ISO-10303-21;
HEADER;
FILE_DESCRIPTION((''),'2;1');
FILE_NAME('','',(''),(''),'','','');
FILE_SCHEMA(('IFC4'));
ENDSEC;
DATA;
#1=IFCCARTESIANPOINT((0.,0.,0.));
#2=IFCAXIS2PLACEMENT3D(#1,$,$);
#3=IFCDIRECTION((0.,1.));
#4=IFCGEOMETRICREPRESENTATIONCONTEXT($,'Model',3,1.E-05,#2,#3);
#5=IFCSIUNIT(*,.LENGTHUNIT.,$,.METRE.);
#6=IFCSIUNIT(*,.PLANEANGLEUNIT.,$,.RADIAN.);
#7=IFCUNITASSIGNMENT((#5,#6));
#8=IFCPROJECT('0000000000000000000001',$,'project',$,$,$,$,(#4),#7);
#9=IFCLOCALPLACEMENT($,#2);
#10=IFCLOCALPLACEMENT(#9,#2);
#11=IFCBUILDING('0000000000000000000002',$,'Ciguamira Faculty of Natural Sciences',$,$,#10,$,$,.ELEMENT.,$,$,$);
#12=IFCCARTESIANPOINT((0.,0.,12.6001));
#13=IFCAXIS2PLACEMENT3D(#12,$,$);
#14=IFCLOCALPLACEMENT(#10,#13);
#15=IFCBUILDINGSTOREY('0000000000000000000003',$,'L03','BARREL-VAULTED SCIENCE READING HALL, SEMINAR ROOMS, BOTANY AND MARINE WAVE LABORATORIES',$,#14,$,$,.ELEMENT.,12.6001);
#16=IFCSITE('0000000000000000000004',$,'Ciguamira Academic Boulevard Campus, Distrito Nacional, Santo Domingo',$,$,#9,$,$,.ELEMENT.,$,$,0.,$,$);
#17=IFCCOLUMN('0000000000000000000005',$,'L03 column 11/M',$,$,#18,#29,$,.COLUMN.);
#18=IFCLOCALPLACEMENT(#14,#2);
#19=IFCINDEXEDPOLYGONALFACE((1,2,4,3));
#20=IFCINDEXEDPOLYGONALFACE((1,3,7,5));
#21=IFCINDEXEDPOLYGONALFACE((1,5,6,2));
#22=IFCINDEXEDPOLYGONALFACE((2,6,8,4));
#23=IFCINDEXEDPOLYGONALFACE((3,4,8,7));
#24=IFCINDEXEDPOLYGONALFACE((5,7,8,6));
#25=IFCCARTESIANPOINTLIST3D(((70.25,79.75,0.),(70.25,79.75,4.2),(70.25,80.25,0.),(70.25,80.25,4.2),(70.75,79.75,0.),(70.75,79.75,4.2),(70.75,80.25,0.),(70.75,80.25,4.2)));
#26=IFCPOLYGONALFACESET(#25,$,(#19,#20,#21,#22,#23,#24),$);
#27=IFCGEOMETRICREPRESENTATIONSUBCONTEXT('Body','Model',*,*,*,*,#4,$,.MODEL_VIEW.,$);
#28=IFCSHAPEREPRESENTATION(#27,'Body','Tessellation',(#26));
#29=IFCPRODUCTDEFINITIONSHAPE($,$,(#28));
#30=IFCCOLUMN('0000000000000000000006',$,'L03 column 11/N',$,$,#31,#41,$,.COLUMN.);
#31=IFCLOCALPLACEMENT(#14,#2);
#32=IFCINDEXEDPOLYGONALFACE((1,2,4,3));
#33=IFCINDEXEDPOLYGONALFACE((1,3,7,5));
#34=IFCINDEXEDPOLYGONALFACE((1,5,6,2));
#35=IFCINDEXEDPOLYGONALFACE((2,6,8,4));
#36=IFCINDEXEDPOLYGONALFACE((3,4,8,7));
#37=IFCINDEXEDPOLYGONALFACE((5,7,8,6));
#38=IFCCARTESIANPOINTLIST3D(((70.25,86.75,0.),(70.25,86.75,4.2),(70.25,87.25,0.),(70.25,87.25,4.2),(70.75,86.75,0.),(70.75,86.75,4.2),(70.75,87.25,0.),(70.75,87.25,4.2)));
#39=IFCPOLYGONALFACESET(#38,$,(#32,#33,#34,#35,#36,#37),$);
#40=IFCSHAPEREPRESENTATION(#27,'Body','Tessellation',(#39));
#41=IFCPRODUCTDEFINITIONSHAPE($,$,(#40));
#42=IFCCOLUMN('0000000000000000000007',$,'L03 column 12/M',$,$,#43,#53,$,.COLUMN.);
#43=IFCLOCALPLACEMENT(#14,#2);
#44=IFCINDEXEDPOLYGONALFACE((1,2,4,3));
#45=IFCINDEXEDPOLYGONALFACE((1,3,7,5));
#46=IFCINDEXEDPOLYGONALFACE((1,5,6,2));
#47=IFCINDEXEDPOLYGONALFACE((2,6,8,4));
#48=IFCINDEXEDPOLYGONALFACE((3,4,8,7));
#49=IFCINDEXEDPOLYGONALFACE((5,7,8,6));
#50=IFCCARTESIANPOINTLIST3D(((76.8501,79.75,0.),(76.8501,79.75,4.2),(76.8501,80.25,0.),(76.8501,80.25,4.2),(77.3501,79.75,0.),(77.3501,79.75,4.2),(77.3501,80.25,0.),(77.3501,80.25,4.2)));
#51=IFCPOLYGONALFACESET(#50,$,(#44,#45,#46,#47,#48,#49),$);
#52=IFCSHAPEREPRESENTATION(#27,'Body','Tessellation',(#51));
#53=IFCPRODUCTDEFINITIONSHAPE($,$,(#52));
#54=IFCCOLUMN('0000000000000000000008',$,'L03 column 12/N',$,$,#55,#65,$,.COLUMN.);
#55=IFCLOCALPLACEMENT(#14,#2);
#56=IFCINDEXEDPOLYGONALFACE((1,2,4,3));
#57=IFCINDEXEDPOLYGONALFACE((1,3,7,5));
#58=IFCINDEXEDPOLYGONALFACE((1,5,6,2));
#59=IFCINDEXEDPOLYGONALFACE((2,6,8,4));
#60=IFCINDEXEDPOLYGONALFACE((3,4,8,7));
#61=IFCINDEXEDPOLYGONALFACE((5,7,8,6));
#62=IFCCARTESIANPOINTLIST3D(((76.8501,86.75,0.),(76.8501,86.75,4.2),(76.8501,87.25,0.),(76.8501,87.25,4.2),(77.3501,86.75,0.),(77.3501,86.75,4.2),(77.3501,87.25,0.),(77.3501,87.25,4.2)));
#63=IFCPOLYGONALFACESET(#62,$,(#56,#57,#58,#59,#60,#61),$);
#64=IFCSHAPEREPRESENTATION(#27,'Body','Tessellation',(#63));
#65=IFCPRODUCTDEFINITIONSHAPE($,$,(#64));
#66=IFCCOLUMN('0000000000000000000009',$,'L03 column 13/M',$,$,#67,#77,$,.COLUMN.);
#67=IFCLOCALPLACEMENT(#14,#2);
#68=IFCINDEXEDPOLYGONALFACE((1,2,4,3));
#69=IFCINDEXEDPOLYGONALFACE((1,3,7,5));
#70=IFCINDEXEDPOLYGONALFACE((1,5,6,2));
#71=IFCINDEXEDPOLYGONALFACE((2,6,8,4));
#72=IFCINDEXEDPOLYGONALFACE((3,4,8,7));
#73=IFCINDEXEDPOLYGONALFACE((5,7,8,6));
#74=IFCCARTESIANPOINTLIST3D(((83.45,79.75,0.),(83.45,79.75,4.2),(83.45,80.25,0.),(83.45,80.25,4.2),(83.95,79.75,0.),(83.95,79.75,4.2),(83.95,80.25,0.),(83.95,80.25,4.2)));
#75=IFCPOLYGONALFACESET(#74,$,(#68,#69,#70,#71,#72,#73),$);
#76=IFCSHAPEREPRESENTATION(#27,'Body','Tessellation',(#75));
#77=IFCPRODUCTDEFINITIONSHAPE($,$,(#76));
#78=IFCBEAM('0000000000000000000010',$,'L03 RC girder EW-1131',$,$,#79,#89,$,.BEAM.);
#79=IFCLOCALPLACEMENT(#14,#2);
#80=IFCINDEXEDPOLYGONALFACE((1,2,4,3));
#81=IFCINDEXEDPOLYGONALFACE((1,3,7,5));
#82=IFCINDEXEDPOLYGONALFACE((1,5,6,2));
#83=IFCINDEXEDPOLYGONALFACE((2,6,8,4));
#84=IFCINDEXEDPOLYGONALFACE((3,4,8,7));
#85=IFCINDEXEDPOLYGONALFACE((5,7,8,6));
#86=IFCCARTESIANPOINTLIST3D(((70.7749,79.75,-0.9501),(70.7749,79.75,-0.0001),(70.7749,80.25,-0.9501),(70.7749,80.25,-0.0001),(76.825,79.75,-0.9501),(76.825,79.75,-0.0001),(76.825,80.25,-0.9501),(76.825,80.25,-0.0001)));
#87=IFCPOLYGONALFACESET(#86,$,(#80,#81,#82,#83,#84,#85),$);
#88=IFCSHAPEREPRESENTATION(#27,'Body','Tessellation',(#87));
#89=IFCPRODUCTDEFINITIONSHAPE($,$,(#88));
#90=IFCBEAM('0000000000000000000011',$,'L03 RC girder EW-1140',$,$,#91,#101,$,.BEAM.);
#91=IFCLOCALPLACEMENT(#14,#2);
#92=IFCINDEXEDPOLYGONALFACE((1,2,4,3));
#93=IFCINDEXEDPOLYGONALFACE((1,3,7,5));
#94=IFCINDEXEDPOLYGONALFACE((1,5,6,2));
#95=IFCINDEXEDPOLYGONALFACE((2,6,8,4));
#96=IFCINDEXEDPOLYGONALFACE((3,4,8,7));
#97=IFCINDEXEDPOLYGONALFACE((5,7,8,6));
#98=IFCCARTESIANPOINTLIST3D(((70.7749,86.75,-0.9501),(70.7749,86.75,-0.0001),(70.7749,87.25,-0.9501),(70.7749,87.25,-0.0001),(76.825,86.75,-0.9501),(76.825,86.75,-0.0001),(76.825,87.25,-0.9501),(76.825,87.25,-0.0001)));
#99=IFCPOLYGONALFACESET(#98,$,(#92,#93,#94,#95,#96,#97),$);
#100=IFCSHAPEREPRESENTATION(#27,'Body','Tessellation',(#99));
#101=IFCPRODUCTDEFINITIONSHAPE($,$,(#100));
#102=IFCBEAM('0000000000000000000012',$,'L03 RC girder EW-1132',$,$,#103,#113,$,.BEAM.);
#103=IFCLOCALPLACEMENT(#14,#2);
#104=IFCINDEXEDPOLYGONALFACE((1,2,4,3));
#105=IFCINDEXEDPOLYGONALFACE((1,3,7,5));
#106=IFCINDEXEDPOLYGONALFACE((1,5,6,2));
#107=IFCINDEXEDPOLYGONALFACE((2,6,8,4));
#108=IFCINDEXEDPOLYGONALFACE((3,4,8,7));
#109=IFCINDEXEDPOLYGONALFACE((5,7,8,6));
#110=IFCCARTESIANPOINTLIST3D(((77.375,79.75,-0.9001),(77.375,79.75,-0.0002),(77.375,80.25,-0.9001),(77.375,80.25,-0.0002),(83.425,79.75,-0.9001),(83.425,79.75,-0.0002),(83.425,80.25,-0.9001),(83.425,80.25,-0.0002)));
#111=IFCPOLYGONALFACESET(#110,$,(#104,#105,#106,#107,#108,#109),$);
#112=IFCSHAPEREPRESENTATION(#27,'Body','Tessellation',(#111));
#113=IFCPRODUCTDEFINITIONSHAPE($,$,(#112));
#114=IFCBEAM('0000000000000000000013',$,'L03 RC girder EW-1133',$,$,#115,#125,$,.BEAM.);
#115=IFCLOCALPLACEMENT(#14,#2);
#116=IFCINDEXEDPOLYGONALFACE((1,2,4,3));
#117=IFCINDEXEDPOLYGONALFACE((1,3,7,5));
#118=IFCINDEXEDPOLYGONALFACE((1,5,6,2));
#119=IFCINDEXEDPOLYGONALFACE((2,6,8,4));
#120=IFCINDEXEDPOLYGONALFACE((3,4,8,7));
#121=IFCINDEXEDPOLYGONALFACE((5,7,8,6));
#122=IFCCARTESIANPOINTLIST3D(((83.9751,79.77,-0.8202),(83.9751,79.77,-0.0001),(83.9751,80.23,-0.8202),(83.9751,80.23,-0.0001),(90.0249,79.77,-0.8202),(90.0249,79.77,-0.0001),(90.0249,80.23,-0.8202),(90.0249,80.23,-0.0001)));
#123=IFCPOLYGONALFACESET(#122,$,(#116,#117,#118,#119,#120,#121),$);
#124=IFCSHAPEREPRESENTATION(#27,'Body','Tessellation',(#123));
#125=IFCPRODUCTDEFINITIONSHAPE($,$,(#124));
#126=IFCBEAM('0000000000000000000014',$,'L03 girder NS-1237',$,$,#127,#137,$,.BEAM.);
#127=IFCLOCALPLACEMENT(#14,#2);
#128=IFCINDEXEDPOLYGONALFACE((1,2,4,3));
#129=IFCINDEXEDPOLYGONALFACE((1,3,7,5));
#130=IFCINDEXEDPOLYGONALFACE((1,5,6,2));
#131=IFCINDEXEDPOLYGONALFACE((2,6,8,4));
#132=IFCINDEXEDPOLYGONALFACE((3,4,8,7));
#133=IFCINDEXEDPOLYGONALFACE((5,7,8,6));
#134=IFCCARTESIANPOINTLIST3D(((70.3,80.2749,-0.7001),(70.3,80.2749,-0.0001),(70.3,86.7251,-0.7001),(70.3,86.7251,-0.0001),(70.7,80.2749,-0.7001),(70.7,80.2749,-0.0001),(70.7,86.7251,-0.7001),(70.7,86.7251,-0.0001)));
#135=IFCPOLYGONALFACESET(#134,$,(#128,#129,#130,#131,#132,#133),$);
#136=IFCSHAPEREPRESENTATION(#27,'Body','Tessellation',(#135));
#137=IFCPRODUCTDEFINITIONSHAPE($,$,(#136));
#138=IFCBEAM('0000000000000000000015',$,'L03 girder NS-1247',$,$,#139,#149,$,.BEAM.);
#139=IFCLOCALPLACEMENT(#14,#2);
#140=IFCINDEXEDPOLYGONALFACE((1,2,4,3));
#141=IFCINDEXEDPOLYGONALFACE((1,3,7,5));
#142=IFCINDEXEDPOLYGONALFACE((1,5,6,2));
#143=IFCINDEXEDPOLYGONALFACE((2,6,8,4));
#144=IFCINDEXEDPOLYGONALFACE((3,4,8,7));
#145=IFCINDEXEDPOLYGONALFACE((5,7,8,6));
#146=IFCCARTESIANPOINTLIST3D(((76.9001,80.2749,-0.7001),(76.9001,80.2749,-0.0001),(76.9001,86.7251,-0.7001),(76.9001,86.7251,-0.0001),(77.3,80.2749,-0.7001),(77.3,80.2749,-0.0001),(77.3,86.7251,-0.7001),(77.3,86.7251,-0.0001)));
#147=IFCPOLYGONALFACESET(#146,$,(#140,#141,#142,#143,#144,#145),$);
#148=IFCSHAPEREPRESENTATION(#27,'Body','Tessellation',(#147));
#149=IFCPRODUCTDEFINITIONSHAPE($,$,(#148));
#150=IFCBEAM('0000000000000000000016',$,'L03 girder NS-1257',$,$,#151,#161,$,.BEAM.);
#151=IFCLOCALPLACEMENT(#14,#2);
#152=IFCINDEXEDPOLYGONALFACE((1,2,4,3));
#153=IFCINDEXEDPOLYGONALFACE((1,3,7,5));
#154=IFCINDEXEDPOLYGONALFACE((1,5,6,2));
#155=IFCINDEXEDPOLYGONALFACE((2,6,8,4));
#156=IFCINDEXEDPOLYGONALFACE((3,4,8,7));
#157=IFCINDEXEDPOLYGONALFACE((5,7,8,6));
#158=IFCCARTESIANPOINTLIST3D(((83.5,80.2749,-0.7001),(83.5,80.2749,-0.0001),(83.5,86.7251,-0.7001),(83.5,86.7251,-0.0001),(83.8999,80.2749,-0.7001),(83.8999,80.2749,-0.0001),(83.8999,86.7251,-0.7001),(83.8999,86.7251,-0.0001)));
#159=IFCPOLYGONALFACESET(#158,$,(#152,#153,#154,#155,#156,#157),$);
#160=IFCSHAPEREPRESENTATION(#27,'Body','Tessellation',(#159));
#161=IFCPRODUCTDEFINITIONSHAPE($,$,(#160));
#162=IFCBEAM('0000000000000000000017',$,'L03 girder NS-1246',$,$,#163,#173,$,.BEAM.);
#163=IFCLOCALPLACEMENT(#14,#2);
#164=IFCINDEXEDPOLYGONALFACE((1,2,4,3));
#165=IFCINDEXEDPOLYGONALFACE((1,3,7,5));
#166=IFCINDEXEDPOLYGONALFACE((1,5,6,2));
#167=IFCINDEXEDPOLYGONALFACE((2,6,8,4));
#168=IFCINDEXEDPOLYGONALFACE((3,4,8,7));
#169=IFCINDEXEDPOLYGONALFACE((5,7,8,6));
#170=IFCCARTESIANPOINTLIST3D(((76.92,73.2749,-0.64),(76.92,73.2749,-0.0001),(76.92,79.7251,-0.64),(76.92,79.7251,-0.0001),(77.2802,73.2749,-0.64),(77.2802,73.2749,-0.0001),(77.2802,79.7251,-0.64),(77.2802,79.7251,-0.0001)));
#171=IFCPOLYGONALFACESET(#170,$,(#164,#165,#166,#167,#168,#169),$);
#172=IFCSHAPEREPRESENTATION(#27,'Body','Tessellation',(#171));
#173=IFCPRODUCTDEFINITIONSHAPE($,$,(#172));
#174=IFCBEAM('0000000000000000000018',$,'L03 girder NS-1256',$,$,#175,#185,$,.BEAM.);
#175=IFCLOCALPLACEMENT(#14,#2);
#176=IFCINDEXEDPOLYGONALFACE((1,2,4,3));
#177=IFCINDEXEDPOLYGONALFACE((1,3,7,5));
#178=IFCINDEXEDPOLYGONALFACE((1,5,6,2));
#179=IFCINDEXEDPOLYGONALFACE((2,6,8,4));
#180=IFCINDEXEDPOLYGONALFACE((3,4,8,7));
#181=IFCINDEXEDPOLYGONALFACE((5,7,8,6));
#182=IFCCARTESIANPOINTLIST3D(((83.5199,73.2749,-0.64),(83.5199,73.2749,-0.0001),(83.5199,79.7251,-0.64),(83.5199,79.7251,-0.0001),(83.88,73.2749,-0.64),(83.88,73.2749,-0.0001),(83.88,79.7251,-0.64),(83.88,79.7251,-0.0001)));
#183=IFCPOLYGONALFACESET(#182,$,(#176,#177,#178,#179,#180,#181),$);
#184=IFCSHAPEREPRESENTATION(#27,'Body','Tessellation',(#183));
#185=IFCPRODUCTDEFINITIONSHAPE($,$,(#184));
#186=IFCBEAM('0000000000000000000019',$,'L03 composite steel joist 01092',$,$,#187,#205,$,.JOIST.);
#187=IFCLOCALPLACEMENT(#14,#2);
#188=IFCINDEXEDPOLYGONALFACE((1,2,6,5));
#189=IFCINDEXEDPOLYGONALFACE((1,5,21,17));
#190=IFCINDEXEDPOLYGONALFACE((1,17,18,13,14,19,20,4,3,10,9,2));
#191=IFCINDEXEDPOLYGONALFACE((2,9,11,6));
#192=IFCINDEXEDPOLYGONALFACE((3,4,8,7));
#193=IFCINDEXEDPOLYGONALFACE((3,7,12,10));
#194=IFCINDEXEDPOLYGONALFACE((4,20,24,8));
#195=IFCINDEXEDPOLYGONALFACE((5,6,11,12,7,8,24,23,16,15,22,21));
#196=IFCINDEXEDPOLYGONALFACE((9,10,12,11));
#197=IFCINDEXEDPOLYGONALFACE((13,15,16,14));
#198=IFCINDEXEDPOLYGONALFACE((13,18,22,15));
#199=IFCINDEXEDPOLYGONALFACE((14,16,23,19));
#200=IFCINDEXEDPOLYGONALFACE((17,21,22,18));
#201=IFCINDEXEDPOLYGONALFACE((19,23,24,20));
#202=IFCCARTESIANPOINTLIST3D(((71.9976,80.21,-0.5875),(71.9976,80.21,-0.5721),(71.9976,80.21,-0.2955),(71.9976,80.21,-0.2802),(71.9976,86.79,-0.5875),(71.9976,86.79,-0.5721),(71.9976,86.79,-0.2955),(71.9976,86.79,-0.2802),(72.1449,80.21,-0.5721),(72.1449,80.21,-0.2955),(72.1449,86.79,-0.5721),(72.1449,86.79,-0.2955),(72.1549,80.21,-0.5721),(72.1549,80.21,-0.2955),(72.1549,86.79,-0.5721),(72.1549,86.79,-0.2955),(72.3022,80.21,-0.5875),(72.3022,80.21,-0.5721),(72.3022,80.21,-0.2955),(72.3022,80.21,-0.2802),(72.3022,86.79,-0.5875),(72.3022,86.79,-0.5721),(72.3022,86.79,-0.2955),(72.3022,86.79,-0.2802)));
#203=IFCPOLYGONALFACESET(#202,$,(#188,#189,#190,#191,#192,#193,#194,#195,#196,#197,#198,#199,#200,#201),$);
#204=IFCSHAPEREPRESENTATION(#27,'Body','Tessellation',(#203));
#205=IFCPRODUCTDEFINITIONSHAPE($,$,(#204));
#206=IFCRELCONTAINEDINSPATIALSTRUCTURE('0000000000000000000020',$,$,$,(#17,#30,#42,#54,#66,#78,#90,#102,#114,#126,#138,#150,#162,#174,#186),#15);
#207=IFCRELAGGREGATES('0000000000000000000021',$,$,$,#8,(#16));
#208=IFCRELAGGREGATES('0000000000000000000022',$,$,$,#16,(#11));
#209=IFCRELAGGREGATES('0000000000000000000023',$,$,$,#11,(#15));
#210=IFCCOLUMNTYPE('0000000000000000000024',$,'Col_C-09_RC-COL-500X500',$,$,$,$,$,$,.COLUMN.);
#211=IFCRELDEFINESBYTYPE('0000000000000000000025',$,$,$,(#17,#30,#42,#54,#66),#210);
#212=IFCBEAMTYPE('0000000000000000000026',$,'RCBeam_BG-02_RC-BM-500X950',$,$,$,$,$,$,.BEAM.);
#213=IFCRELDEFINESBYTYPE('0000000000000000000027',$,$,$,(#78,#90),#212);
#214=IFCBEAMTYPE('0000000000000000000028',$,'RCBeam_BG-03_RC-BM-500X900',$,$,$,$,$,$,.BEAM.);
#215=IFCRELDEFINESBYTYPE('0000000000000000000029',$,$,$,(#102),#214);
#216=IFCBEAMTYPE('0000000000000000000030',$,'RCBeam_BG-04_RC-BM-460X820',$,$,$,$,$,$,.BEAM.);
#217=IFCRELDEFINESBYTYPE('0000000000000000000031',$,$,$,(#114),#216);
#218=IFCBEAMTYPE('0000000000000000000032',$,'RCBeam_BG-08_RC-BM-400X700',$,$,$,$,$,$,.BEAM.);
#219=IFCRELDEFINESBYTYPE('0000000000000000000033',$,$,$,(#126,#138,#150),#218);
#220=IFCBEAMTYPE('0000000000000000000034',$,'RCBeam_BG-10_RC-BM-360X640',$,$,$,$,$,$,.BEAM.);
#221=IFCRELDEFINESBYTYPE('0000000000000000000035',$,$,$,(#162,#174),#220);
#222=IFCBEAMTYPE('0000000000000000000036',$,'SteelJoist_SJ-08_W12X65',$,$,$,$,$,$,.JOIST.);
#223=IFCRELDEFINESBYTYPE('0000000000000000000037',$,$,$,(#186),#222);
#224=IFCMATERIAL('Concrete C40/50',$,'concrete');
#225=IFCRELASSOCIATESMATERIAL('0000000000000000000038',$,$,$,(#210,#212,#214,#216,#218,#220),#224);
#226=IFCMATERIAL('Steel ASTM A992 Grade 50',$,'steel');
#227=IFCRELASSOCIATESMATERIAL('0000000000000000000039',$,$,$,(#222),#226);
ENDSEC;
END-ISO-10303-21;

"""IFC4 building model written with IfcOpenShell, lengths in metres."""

from ifc_helpers import new_model, si_unit, direction, frame, origin, origin_2d, place, context, subcontext, project, spatial, rectangle, i_section, extrude, material, material_profile, profile_set, type_object, element, save


model = new_model("IFC4")

# Units and contexts
model_context = context("Model", 3, precision=1e-05, world=origin(), true_north=direction((0.0, 1.0)))
body_context = subcontext(model_context, "Body", "Model", "MODEL_VIEW")
ifc_project = project(units=[si_unit("LENGTHUNIT", "METRE"), si_unit("PLANEANGLEUNIT", "RADIAN")], contexts=[model_context])

# Site, building, storey
site_placement = place(None, origin())
site = spatial("IfcSite", under=ifc_project, at=site_placement, Name="Ciguamira Academic Boulevard Campus, Distrito Nacional, Santo Domingo", CompositionType="ELEMENT", RefElevation=0.0)
building_placement = place(site_placement, origin())
building = spatial("IfcBuilding", under=site, at=building_placement, Name="Ciguamira Faculty of Natural Sciences", CompositionType="ELEMENT")
storey_placement = place(building_placement, frame((0.0, 0.0, 12.6001)))
storey = spatial("IfcBuildingStorey", under=building, at=storey_placement, Name="L03", Description="BARREL-VAULTED SCIENCE READING HALL, SEMINAR ROOMS, BOTANY AND MARINE WAVE LABORATORIES", CompositionType="ELEMENT", Elevation=12.6001)

# Columns
ifc_material_1 = material(Name="Concrete C40/50", Category="concrete")
ifc_material_profile_1 = material_profile(ifc_material_1, rectangle(XDim=0.5, YDim=0.5, at=origin_2d()), Name="RC-COL-500X500")
ifc_profile_set_1 = profile_set([ifc_material_profile_1], Name="Concrete C40/50")
column_type = type_object("IfcColumnType", Name="Col_C-09_RC-COL-500X500", PredefinedType="COLUMN", material=ifc_profile_set_1)
for number, where, z_axis, x_axis, name in (
    (1, (70.5, 80.0, 0.0), (0.0, 0.0, 1.0), (1.0, 0.0, 0.0), "L03 column 11/M"),
    (2, (70.5, 87.0, 0.0), (0.0, 0.0, 1.0), (1.0, 0.0, 0.0), "L03 column 11/N"),
    (3, (77.1001, 80.0, 0.0), (0.0, 0.0, 1.0), (1.0, 0.0, 0.0), "L03 column 12/M"),
    (4, (77.1001, 87.0, 0.0), (0.0, 0.0, 1.0), (1.0, 0.0, 0.0), "L03 column 12/N"),
    (5, (83.7, 80.0, 0.0), (0.0, 0.0, 1.0), (1.0, 0.0, 0.0), "L03 column 13/M"),
):
    element("IfcColumn", number, at=place(storey_placement, frame(where, z_axis=z_axis, x_axis=x_axis)), inside=storey, type_object=column_type, Name=name, PredefinedType="COLUMN", context=body_context, shape_type="SweptSolid", body=[
        extrude(rectangle(XDim=0.5, YDim=0.5, at=origin_2d()), origin(), (0.0, 0.0, 1.0), 4.2),
    ])

# Beams
ifc_material_profile_2 = material_profile(ifc_material_1, rectangle(XDim=0.5, YDim=0.95, at=origin_2d()), Name="RC-BM-500X950")
ifc_profile_set_2 = profile_set([ifc_material_profile_2], Name="Concrete C40/50")
beam_type_1 = type_object("IfcBeamType", Name="RCBeam_BG-02_RC-BM-500X950", PredefinedType="BEAM", material=ifc_profile_set_2)
for number, where, z_axis, x_axis, name in (
    (6, (70.7749, 80.0, -0.4751), (1.0, 0.0, 0.0), (0.0, 1.0, 0.0), "L03 RC girder EW-1131"),
    (7, (70.7749, 87.0, -0.4751), (1.0, 0.0, 0.0), (0.0, 1.0, 0.0), "L03 RC girder EW-1140"),
):
    element("IfcBeam", number, at=place(storey_placement, frame(where, z_axis=z_axis, x_axis=x_axis)), inside=storey, type_object=beam_type_1, Name=name, PredefinedType="BEAM", context=body_context, shape_type="SweptSolid", body=[
        extrude(rectangle(XDim=0.5, YDim=0.95, at=origin_2d()), origin(), (0.0, 0.0, 1.0), 6.05),
    ])
ifc_material_profile_3 = material_profile(ifc_material_1, rectangle(XDim=0.5, YDim=0.8999, at=origin_2d()), Name="RC-BM-500X900")
ifc_profile_set_3 = profile_set([ifc_material_profile_3], Name="Concrete C40/50")
beam_type_2 = type_object("IfcBeamType", Name="RCBeam_BG-03_RC-BM-500X900", PredefinedType="BEAM", material=ifc_profile_set_3)
beam_1_placement = place(storey_placement, frame((77.375, 80.0, -0.4502), z_axis=(1.0, 0.0, 0.0), x_axis=(0.0, 1.0, 0.0)))
element("IfcBeam", 8, at=beam_1_placement, inside=storey, type_object=beam_type_2, Name="L03 RC girder EW-1132", PredefinedType="BEAM", context=body_context, shape_type="SweptSolid", body=[
    extrude(rectangle(XDim=0.5, YDim=0.8999, at=origin_2d()), origin(), (0.0, 0.0, 1.0), 6.05),
])
ifc_material_profile_4 = material_profile(ifc_material_1, rectangle(XDim=0.46, YDim=0.8201, at=origin_2d()), Name="RC-BM-460X820")
ifc_profile_set_4 = profile_set([ifc_material_profile_4], Name="Concrete C40/50")
beam_type_3 = type_object("IfcBeamType", Name="RCBeam_BG-04_RC-BM-460X820", PredefinedType="BEAM", material=ifc_profile_set_4)
beam_2_placement = place(storey_placement, frame((83.9751, 80.0, -0.4102), z_axis=(1.0, 0.0, 0.0), x_axis=(0.0, 1.0, 0.0)))
element("IfcBeam", 9, at=beam_2_placement, inside=storey, type_object=beam_type_3, Name="L03 RC girder EW-1133", PredefinedType="BEAM", context=body_context, shape_type="SweptSolid", body=[
    extrude(rectangle(XDim=0.46, YDim=0.8201, at=origin_2d()), origin(), (0.0, 0.0, 1.0), 6.0498),
])
ifc_material_profile_5 = material_profile(ifc_material_1, rectangle(XDim=0.3999, YDim=0.7, at=origin_2d()), Name="RC-BM-400X700")
ifc_profile_set_5 = profile_set([ifc_material_profile_5], Name="Concrete C40/50")
beam_type_4 = type_object("IfcBeamType", Name="RCBeam_BG-08_RC-BM-400X700", PredefinedType="BEAM", material=ifc_profile_set_5)
for number, where, z_axis, x_axis, name in (
    (10, (70.5, 80.2749, -0.3501), (0.0, 1.0, 0.0), (-1.0, 0.0, 0.0), "L03 girder NS-1237"),
    (11, (77.1001, 80.2749, -0.3501), (0.0, 1.0, 0.0), (-1.0, 0.0, 0.0), "L03 girder NS-1247"),
    (12, (83.7, 80.2749, -0.3501), (0.0, 1.0, 0.0), (-1.0, 0.0, 0.0), "L03 girder NS-1257"),
):
    element("IfcBeam", number, at=place(storey_placement, frame(where, z_axis=z_axis, x_axis=x_axis)), inside=storey, type_object=beam_type_4, Name=name, PredefinedType="BEAM", context=body_context, shape_type="SweptSolid", body=[
        extrude(rectangle(XDim=0.3999, YDim=0.7, at=origin_2d()), origin(), (0.0, 0.0, 1.0), 6.4502),
    ])
ifc_material_profile_6 = material_profile(ifc_material_1, rectangle(XDim=0.3601, YDim=0.6399, at=origin_2d()), Name="RC-BM-360X640")
ifc_profile_set_6 = profile_set([ifc_material_profile_6], Name="Concrete C40/50")
beam_type_5 = type_object("IfcBeamType", Name="RCBeam_BG-10_RC-BM-360X640", PredefinedType="BEAM", material=ifc_profile_set_6)
for number, where, z_axis, x_axis, name in (
    (13, (77.1001, 73.2749, -0.3201), (0.0, 1.0, 0.0), (-1.0, 0.0, 0.0), "L03 girder NS-1246"),
    (14, (83.7, 73.2749, -0.3201), (0.0, 1.0, 0.0), (-1.0, 0.0, 0.0), "L03 girder NS-1256"),
):
    element("IfcBeam", number, at=place(storey_placement, frame(where, z_axis=z_axis, x_axis=x_axis)), inside=storey, type_object=beam_type_5, Name=name, PredefinedType="BEAM", context=body_context, shape_type="SweptSolid", body=[
        extrude(rectangle(XDim=0.3601, YDim=0.6399, at=origin_2d()), origin(), (0.0, 0.0, 1.0), 6.4502),
    ])
ifc_material_2 = material(Name="Steel ASTM A992 Grade 50", Category="steel")
ifc_material_profile_7 = material_profile(ifc_material_2, i_section(OverallWidth=0.3047, OverallDepth=0.3074, WebThickness=0.01, FlangeThickness=0.0154, at=origin_2d()), Name="W12X65")
ifc_profile_set_7 = profile_set([ifc_material_profile_7], Name="Steel ASTM A992 Grade 50")
beam_type_6 = type_object("IfcBeamType", Name="SteelJoist_SJ-08_W12X65", PredefinedType="JOIST", material=ifc_profile_set_7)
beam_3_placement = place(storey_placement, frame((72.1499, 80.21, -0.4338), z_axis=(0.0, 1.0, 0.0), x_axis=(-1.0, 0.0, 0.0)))
element("IfcBeam", 15, at=beam_3_placement, inside=storey, type_object=beam_type_6, Name="L03 composite steel joist 01092", PredefinedType="JOIST", context=body_context, shape_type="SweptSolid", body=[
    extrude(i_section(OverallWidth=0.3047, OverallDepth=0.3074, WebThickness=0.01, FlangeThickness=0.0154, at=origin_2d()), origin(), (0.0, 0.0, 1.0), 6.5801),
])

save(model, "model.ifc")
